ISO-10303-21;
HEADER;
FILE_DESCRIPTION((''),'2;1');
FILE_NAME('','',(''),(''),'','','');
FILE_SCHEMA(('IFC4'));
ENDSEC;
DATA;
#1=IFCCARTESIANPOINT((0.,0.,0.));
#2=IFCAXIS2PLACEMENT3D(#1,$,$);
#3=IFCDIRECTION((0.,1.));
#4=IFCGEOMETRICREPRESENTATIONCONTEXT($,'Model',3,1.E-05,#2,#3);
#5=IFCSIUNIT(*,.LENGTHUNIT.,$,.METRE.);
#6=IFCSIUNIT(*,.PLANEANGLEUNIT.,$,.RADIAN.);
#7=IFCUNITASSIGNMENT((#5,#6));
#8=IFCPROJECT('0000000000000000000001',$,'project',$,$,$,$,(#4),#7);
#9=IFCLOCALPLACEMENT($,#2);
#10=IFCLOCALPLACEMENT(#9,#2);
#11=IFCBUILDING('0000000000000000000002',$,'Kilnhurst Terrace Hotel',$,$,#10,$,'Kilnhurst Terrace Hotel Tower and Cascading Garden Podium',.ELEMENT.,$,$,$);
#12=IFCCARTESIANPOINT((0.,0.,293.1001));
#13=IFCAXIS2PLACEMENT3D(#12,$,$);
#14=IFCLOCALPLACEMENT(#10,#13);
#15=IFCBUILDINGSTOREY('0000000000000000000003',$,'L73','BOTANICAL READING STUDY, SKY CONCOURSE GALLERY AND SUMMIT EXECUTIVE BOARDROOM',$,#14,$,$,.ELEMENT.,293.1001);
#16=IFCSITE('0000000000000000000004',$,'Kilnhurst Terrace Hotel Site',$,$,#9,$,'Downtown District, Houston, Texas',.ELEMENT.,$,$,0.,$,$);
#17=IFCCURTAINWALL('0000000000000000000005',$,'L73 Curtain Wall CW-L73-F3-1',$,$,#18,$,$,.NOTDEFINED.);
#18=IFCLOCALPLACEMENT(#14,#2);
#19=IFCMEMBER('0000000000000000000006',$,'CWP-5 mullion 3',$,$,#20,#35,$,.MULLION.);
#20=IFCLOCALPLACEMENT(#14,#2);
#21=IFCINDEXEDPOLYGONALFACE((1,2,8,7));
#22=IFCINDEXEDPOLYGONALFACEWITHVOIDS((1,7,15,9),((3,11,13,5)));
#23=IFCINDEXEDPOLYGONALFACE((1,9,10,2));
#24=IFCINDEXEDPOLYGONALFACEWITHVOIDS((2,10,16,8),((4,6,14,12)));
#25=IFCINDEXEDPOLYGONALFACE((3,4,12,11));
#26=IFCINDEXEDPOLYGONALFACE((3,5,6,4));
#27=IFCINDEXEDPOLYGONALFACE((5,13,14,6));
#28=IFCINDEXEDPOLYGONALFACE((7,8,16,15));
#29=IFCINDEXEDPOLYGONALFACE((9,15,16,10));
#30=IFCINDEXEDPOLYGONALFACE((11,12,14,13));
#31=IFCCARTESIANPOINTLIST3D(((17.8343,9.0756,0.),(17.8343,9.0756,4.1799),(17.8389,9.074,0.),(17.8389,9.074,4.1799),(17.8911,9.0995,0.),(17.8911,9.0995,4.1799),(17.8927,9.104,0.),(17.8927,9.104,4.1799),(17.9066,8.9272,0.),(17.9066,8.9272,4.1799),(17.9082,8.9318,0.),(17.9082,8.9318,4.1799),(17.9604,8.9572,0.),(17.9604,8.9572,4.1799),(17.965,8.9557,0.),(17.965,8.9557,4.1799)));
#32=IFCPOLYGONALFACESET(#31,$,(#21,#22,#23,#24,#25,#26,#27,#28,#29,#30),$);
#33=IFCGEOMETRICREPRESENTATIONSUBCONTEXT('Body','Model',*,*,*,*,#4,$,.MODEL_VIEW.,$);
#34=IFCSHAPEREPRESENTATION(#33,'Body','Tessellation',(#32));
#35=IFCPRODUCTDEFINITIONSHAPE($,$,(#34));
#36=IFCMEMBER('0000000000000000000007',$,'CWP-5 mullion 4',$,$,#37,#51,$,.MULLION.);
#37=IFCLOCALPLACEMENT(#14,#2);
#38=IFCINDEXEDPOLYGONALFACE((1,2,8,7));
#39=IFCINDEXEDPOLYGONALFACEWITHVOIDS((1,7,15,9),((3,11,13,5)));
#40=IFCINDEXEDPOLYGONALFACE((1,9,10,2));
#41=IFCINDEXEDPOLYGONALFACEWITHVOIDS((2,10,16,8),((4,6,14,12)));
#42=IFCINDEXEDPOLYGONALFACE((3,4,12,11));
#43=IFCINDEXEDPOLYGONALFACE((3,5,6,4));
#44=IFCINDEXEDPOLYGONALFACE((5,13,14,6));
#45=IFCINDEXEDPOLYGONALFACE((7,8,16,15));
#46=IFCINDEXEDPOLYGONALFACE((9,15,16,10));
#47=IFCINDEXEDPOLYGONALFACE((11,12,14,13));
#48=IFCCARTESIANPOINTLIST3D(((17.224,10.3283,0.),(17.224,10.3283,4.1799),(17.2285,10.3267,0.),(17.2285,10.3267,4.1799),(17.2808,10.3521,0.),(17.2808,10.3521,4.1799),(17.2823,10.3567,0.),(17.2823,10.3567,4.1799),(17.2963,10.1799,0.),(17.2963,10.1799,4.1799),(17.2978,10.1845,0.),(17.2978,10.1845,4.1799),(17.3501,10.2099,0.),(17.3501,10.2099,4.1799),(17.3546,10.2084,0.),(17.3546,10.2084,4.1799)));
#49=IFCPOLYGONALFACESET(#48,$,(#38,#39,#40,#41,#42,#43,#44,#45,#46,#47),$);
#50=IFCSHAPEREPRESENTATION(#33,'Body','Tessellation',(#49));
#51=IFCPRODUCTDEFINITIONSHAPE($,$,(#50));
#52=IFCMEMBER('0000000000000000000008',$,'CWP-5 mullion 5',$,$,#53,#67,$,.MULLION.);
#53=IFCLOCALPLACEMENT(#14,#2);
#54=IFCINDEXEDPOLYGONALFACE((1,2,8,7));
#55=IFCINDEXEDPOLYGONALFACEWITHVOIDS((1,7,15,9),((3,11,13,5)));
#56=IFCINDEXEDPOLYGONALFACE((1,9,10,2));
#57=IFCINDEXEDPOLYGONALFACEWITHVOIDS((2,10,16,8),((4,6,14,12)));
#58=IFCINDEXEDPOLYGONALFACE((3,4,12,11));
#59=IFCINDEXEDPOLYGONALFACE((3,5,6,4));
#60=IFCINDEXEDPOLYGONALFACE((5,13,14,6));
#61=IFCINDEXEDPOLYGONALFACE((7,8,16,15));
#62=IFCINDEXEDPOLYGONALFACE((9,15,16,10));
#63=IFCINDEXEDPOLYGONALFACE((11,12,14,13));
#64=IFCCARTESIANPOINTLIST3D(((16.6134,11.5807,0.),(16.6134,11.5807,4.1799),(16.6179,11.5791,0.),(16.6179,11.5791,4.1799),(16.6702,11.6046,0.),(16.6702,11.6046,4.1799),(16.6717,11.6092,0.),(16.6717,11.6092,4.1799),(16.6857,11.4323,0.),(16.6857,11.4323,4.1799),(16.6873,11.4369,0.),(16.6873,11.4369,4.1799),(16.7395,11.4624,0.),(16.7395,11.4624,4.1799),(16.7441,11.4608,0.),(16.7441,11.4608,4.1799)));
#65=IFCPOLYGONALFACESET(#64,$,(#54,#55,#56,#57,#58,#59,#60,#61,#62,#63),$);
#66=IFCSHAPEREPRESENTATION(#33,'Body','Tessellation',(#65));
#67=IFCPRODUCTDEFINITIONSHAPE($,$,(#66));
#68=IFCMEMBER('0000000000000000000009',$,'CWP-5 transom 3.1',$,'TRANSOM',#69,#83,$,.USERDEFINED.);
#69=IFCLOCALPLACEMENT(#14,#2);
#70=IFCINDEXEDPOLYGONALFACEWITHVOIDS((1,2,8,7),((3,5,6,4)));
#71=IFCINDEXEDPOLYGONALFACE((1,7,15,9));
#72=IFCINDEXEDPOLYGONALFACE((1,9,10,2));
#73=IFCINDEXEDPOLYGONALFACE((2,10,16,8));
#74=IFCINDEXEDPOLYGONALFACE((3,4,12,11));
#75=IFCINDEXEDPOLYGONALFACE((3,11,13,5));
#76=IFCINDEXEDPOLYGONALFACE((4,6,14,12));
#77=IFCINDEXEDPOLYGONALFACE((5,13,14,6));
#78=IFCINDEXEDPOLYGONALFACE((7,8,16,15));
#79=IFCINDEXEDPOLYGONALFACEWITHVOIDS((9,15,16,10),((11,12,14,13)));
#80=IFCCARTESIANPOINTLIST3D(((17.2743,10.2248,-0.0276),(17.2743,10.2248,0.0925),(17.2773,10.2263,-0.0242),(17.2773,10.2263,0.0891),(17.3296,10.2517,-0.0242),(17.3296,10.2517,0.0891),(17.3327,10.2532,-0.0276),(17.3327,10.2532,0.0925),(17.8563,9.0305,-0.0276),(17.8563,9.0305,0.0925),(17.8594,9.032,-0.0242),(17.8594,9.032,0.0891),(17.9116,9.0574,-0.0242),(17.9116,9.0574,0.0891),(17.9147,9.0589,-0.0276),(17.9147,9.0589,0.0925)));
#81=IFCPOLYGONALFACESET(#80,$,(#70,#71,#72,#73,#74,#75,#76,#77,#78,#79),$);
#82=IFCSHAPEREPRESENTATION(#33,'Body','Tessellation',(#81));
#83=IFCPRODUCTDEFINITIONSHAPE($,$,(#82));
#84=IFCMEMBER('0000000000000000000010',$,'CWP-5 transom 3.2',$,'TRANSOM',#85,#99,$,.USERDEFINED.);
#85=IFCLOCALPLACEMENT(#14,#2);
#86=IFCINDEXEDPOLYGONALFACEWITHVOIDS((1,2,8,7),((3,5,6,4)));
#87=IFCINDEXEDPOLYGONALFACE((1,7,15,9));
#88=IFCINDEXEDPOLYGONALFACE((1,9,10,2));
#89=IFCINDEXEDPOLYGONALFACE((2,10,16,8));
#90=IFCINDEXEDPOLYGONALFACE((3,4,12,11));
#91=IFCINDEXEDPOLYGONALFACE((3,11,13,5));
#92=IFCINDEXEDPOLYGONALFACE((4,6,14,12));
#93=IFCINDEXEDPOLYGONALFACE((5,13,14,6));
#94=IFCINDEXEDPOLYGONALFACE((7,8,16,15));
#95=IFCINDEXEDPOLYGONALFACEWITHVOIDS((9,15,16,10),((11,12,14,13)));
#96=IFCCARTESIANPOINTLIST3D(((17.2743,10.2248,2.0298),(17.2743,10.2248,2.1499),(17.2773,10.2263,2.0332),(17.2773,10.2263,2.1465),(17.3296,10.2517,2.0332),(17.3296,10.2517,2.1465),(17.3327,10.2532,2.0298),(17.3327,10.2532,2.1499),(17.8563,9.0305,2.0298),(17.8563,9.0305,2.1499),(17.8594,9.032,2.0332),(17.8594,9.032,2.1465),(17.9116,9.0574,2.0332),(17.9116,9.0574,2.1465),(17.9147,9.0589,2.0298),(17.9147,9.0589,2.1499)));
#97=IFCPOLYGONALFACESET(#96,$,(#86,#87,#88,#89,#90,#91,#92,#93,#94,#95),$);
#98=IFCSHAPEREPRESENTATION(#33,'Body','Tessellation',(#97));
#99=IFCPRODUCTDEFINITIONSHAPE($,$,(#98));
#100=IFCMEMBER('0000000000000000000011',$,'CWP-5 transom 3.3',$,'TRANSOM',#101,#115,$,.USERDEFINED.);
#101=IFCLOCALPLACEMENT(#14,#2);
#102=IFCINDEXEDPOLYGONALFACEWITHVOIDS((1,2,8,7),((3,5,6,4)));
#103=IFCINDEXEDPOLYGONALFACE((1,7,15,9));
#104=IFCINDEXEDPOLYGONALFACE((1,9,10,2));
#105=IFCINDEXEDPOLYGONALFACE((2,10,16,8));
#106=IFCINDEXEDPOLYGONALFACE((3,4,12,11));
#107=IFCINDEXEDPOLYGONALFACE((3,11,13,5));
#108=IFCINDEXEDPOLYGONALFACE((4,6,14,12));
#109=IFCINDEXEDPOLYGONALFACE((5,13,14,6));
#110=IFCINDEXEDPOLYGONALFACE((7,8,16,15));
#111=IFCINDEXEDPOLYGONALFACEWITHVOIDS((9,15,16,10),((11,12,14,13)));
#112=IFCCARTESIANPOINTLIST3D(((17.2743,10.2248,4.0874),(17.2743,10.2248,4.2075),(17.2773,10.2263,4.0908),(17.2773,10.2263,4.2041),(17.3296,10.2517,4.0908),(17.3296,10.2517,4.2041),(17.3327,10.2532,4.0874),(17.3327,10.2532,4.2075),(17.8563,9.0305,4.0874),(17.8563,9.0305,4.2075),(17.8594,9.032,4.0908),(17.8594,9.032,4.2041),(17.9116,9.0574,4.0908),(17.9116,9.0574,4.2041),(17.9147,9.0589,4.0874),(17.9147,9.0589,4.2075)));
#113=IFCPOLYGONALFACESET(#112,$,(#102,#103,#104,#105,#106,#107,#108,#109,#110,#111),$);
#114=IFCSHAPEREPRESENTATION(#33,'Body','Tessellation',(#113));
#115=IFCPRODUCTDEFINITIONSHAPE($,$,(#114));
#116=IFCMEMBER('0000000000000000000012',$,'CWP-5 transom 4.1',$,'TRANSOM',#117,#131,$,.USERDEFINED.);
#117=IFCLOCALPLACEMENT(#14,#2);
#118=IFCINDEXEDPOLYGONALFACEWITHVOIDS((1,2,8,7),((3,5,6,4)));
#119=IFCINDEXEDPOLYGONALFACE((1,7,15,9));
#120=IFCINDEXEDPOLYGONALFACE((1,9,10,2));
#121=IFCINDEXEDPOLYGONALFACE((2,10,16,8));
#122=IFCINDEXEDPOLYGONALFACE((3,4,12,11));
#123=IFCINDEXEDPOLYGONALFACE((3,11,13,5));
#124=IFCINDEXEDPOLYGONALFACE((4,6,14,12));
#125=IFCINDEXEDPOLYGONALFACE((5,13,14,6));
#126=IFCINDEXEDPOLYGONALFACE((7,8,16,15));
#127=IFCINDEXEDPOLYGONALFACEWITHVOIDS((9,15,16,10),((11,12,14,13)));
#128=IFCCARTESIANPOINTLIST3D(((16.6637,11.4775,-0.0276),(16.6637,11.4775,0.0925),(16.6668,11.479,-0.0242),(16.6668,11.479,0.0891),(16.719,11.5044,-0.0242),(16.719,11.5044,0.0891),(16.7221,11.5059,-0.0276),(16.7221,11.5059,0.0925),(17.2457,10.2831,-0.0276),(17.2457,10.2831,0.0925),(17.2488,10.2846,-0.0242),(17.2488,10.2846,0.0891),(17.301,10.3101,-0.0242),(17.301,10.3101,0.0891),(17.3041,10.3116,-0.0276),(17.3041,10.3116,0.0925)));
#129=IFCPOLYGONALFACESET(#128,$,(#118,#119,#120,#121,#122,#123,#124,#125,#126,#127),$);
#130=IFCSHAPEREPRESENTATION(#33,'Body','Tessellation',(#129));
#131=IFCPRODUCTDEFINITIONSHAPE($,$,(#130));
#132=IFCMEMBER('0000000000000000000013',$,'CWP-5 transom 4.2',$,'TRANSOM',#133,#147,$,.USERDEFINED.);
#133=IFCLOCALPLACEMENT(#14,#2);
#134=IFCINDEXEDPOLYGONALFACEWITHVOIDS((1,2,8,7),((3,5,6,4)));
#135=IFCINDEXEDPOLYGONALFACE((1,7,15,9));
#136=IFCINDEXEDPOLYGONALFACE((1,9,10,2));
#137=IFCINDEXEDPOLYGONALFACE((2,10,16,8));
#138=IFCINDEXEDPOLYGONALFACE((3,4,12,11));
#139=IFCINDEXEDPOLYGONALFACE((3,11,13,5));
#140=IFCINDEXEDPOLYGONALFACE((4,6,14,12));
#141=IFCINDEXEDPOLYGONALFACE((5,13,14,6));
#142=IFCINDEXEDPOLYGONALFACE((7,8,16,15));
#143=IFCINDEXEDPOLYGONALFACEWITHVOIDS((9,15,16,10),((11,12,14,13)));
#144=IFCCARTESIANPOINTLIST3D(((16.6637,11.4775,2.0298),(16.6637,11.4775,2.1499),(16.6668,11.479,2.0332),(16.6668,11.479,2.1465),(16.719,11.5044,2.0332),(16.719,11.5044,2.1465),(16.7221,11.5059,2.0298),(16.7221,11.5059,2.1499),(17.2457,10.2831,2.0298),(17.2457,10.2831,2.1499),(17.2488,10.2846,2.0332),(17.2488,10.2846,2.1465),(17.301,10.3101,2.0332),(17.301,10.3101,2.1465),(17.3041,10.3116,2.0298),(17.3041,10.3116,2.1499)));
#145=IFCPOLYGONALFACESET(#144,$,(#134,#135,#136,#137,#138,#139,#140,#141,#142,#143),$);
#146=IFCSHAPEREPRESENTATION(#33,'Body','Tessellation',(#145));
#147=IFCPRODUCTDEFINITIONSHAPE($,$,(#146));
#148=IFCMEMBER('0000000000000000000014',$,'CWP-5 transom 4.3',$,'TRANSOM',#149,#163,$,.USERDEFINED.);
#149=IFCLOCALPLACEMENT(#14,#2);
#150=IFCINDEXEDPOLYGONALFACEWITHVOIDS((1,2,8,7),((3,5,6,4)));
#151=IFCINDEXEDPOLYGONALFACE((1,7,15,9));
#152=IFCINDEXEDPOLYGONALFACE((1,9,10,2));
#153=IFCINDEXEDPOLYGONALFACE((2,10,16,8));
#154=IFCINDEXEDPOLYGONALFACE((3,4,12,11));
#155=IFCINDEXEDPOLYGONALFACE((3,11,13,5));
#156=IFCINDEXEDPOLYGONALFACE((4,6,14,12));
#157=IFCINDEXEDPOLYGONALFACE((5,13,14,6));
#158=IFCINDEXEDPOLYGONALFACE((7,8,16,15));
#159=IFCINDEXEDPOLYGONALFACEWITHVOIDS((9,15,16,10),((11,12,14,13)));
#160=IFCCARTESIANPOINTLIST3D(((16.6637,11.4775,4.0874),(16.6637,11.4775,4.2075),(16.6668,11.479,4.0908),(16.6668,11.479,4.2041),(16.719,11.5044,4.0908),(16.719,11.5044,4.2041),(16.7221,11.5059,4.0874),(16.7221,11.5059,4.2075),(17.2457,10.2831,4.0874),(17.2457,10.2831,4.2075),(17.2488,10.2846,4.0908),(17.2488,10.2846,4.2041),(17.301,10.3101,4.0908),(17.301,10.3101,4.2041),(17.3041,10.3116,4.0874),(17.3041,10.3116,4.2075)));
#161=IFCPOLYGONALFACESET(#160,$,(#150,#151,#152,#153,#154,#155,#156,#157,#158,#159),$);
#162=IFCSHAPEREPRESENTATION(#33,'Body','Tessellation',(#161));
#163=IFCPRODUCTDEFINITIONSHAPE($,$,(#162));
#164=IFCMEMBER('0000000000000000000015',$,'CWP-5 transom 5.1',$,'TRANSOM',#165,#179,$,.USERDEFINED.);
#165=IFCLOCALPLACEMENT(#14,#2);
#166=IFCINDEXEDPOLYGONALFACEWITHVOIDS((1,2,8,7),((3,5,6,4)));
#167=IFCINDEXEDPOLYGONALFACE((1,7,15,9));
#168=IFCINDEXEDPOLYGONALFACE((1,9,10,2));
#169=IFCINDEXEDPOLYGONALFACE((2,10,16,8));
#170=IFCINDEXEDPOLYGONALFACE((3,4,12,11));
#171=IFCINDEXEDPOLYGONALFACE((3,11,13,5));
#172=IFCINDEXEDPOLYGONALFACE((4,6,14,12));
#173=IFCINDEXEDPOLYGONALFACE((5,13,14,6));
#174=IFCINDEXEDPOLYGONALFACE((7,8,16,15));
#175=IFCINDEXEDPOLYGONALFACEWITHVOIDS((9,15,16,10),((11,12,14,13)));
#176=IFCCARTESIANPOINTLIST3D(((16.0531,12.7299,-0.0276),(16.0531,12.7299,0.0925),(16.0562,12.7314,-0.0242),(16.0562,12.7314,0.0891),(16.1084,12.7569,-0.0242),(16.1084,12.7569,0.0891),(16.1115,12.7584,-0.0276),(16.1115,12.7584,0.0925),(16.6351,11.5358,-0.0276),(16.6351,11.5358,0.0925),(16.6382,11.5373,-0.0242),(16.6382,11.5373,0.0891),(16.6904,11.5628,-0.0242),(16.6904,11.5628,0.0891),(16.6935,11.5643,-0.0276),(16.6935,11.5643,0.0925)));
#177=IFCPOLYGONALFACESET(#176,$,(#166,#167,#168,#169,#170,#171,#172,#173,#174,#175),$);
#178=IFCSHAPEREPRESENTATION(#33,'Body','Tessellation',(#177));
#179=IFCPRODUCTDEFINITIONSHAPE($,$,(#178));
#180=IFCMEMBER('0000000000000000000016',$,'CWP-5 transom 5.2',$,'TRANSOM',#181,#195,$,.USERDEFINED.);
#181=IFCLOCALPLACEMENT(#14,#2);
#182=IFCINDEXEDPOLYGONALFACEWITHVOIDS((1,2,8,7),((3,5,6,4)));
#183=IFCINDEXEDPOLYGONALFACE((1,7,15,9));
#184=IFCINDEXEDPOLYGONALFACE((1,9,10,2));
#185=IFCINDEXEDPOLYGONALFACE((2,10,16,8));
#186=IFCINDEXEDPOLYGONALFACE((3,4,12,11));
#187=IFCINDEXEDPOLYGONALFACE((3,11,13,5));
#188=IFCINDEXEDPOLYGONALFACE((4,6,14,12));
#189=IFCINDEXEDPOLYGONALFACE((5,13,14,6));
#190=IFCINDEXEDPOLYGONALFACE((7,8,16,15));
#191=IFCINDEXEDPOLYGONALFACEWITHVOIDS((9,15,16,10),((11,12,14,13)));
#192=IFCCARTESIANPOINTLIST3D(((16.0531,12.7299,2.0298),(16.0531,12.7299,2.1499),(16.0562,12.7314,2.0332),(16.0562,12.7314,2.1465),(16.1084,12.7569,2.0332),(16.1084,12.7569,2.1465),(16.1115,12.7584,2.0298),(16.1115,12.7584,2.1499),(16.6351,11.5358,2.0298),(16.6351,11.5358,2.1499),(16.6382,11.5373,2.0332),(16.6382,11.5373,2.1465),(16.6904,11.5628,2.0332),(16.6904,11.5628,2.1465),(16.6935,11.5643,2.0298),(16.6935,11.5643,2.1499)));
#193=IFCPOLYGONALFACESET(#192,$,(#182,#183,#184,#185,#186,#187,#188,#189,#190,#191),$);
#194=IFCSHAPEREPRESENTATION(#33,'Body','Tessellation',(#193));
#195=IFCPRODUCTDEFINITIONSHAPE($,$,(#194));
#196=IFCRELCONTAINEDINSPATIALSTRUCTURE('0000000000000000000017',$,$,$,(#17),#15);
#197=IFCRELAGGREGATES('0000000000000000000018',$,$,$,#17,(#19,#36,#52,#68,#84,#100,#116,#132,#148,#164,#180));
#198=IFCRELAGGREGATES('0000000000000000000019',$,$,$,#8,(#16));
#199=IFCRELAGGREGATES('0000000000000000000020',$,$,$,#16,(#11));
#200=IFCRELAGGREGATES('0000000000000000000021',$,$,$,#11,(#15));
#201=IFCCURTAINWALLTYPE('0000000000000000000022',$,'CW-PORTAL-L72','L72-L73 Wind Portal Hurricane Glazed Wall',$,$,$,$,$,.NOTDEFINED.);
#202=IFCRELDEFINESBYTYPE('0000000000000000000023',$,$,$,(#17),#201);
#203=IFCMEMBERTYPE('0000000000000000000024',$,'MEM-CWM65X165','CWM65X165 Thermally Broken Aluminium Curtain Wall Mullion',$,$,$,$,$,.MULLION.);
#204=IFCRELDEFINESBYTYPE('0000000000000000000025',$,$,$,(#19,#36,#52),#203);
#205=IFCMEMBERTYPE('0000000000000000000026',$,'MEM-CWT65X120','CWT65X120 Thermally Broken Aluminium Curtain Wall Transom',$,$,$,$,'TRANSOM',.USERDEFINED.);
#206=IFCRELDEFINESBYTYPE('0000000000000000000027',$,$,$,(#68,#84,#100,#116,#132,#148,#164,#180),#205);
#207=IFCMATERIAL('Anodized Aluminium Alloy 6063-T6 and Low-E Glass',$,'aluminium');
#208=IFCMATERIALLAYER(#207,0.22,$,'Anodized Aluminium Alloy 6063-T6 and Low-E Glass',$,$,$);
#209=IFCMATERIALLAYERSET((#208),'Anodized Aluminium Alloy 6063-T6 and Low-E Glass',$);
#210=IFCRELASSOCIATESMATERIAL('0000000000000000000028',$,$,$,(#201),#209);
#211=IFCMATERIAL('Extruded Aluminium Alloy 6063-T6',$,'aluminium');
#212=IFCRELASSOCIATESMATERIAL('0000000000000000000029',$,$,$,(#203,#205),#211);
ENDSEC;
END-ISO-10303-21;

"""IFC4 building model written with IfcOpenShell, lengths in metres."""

from ifc_helpers import new_model, si_unit, direction, frame, origin, origin_2d, place, context, subcontext, project, spatial, hollow_rectangle, extrude, material, layer, layer_set, material_profile, profile_set, type_object, element, aggregate, save


model = new_model("IFC4")

# Units and contexts
model_context = context("Model", 3, precision=1e-05, world=origin(), true_north=direction((0.0, 1.0)))
body_context = subcontext(model_context, "Body", "Model", "MODEL_VIEW")
ifc_project = project(units=[si_unit("LENGTHUNIT", "METRE"), si_unit("PLANEANGLEUNIT", "RADIAN")], contexts=[model_context])

# Site, building, storey
site_placement = place(None, origin())
site = spatial("IfcSite", under=ifc_project, at=site_placement, Name="Kilnhurst Terrace Hotel Site", LongName="Downtown District, Houston, Texas", CompositionType="ELEMENT", RefElevation=0.0)
building_placement = place(site_placement, origin())
building = spatial("IfcBuilding", under=site, at=building_placement, Name="Kilnhurst Terrace Hotel", LongName="Kilnhurst Terrace Hotel Tower and Cascading Garden Podium", CompositionType="ELEMENT")
storey_placement = place(building_placement, frame((0.0, 0.0, 293.1001)))
storey = spatial("IfcBuildingStorey", under=building, at=storey_placement, Name="L73", Description="BOTANICAL READING STUDY, SKY CONCOURSE GALLERY AND SUMMIT EXECUTIVE BOARDROOM", CompositionType="ELEMENT", Elevation=293.1001)

# Curtain wall, members
ifc_material_1 = material(Name="Anodized Aluminium Alloy 6063-T6 and Low-E Glass", Category="aluminium")
ifc_layer_1 = layer(ifc_material_1, 0.22, Name="Anodized Aluminium Alloy 6063-T6 and Low-E Glass")
ifc_layer_set_1 = layer_set([ifc_layer_1], Name="Anodized Aluminium Alloy 6063-T6 and Low-E Glass")
curtain_wall_type = type_object("IfcCurtainWallType", Name="CW-PORTAL-L72", Description="L72-L73 Wind Portal Hurricane Glazed Wall", PredefinedType="NOTDEFINED", material=ifc_layer_set_1)
curtain_wall_placement = place(storey_placement, origin())
curtain_wall = element("IfcCurtainWall", 1, at=curtain_wall_placement, inside=storey, type_object=curtain_wall_type, Name="L73 Curtain Wall CW-L73-F3-1", PredefinedType="NOTDEFINED")
ifc_material_2 = material(Name="Extruded Aluminium Alloy 6063-T6", Category="aluminium")
ifc_material_profile_1 = material_profile(ifc_material_2, hollow_rectangle(XDim=0.0649, YDim=0.165, WallThickness=0.0034, at=origin_2d()), Name="CWM65X165")
ifc_profile_set_1 = profile_set([ifc_material_profile_1], Name="Extruded Aluminium Alloy 6063-T6")
member_type_1 = type_object("IfcMemberType", Name="MEM-CWM65X165", Description="CWM65X165 Thermally Broken Aluminium Curtain Wall Mullion", PredefinedType="MULLION", material=ifc_profile_set_1)
member_1_placement = place(storey_placement, frame((17.8997, 9.0156, 0.0), z_axis=(0.0, 0.0, 1.0), x_axis=(-0.898912, -0.43813, 0.0)))
member_1 = element("IfcMember", 2, at=member_1_placement, type_object=member_type_1, Name="CWP-5 mullion 3", PredefinedType="MULLION", context=body_context, shape_type="SweptSolid", body=[
    extrude(hollow_rectangle(XDim=0.0649, YDim=0.165, WallThickness=0.0034, at=origin_2d()), origin(), (0.0, 0.0, 1.0), 4.1799),
])
member_2_placement = place(storey_placement, frame((17.2893, 10.2683, 0.0), z_axis=(0.0, 0.0, 1.0), x_axis=(-0.898912, -0.43813, 0.0)))
member_2 = element("IfcMember", 3, at=member_2_placement, type_object=member_type_1, Name="CWP-5 mullion 4", PredefinedType="MULLION", context=body_context, shape_type="SweptSolid", body=[
    extrude(hollow_rectangle(XDim=0.0649, YDim=0.165, WallThickness=0.0034, at=origin_2d()), origin(), (0.0, 0.0, 1.0), 4.1799),
])
member_3_placement = place(storey_placement, frame((16.6787, 11.5208, 0.0), z_axis=(0.0, 0.0, 1.0), x_axis=(-0.898912, -0.43813, 0.0)))
member_3 = element("IfcMember", 4, at=member_3_placement, type_object=member_type_1, Name="CWP-5 mullion 5", PredefinedType="MULLION", context=body_context, shape_type="SweptSolid", body=[
    extrude(hollow_rectangle(XDim=0.0649, YDim=0.165, WallThickness=0.0034, at=origin_2d()), origin(), (0.0, 0.0, 1.0), 4.1799),
])
ifc_material_profile_2 = material_profile(ifc_material_2, hollow_rectangle(XDim=0.0649, YDim=0.1201, WallThickness=0.0034, at=origin_2d()), Name="CWT65X120")
ifc_profile_set_2 = profile_set([ifc_material_profile_2], Name="Extruded Aluminium Alloy 6063-T6")
member_type_2 = type_object("IfcMemberType", Name="MEM-CWT65X120", Description="CWT65X120 Thermally Broken Aluminium Curtain Wall Transom", ElementType="TRANSOM", PredefinedType="USERDEFINED", material=ifc_profile_set_2)
member_4_placement = place(storey_placement, frame((17.8855, 9.0447, 0.0325), z_axis=(-0.438076, 0.898938, 0.0), x_axis=(-0.898938, -0.438076, 0.0)))
member_4 = element("IfcMember", 5, at=member_4_placement, type_object=member_type_2, Name="CWP-5 transom 3.1", ObjectType="TRANSOM", PredefinedType="USERDEFINED", context=body_context, shape_type="SweptSolid", body=[
    extrude(hollow_rectangle(XDim=0.0649, YDim=0.1201, WallThickness=0.0034, at=origin_2d()), origin(), (0.0, 0.0, 1.0), 1.3286),
])
member_5_placement = place(storey_placement, frame((17.8855, 9.0447, 2.0898), z_axis=(-0.438076, 0.898938, 0.0), x_axis=(-0.898938, -0.438076, 0.0)))
member_5 = element("IfcMember", 6, at=member_5_placement, type_object=member_type_2, Name="CWP-5 transom 3.2", ObjectType="TRANSOM", PredefinedType="USERDEFINED", context=body_context, shape_type="SweptSolid", body=[
    extrude(hollow_rectangle(XDim=0.0649, YDim=0.1201, WallThickness=0.0034, at=origin_2d()), origin(), (0.0, 0.0, 1.0), 1.3286),
])
member_6_placement = place(storey_placement, frame((17.8855, 9.0447, 4.1475), z_axis=(-0.438076, 0.898938, 0.0), x_axis=(-0.898938, -0.438076, 0.0)))
member_6 = element("IfcMember", 7, at=member_6_placement, type_object=member_type_2, Name="CWP-5 transom 3.3", ObjectType="TRANSOM", PredefinedType="USERDEFINED", context=body_context, shape_type="SweptSolid", body=[
    extrude(hollow_rectangle(XDim=0.0649, YDim=0.1201, WallThickness=0.0034, at=origin_2d()), origin(), (0.0, 0.0, 1.0), 1.3286),
])
member_7_placement = place(storey_placement, frame((17.2749, 10.2974, 0.0325), z_axis=(-0.438076, 0.898938, 0.0), x_axis=(-0.898938, -0.438076, 0.0)))
member_7 = element("IfcMember", 8, at=member_7_placement, type_object=member_type_2, Name="CWP-5 transom 4.1", ObjectType="TRANSOM", PredefinedType="USERDEFINED", context=body_context, shape_type="SweptSolid", body=[
    extrude(hollow_rectangle(XDim=0.0649, YDim=0.1201, WallThickness=0.0034, at=origin_2d()), origin(), (0.0, 0.0, 1.0), 1.3286),
])
member_8_placement = place(storey_placement, frame((17.2749, 10.2974, 2.0898), z_axis=(-0.438076, 0.898938, 0.0), x_axis=(-0.898938, -0.438076, 0.0)))
member_8 = element("IfcMember", 9, at=member_8_placement, type_object=member_type_2, Name="CWP-5 transom 4.2", ObjectType="TRANSOM", PredefinedType="USERDEFINED", context=body_context, shape_type="SweptSolid", body=[
    extrude(hollow_rectangle(XDim=0.0649, YDim=0.1201, WallThickness=0.0034, at=origin_2d()), origin(), (0.0, 0.0, 1.0), 1.3286),
])
member_9_placement = place(storey_placement, frame((17.2749, 10.2974, 4.1475), z_axis=(-0.438076, 0.898938, 0.0), x_axis=(-0.898938, -0.438076, 0.0)))
member_9 = element("IfcMember", 10, at=member_9_placement, type_object=member_type_2, Name="CWP-5 transom 4.3", ObjectType="TRANSOM", PredefinedType="USERDEFINED", context=body_context, shape_type="SweptSolid", body=[
    extrude(hollow_rectangle(XDim=0.0649, YDim=0.1201, WallThickness=0.0034, at=origin_2d()), origin(), (0.0, 0.0, 1.0), 1.3286),
])
member_10_placement = place(storey_placement, frame((16.6643, 11.55, 0.0325), z_axis=(-0.438148, 0.898903, 0.0), x_axis=(-0.898903, -0.438148, 0.0)))
member_10 = element("IfcMember", 11, at=member_10_placement, type_object=member_type_2, Name="CWP-5 transom 5.1", ObjectType="TRANSOM", PredefinedType="USERDEFINED", context=body_context, shape_type="SweptSolid", body=[
    extrude(hollow_rectangle(XDim=0.0649, YDim=0.1201, WallThickness=0.0034, at=origin_2d()), origin(), (0.0, 0.0, 1.0), 1.3284),
])
member_11_placement = place(storey_placement, frame((16.6643, 11.55, 2.0898), z_axis=(-0.438148, 0.898903, 0.0), x_axis=(-0.898903, -0.438148, 0.0)))
member_11 = element("IfcMember", 12, at=member_11_placement, type_object=member_type_2, Name="CWP-5 transom 5.2", ObjectType="TRANSOM", PredefinedType="USERDEFINED", context=body_context, shape_type="SweptSolid", body=[
    extrude(hollow_rectangle(XDim=0.0649, YDim=0.1201, WallThickness=0.0034, at=origin_2d()), origin(), (0.0, 0.0, 1.0), 1.3284),
])
aggregate(curtain_wall, [member_1, member_2, member_3, member_4, member_5, member_6, member_7, member_8, member_9, member_10, member_11])

save(model, "model.ifc")
